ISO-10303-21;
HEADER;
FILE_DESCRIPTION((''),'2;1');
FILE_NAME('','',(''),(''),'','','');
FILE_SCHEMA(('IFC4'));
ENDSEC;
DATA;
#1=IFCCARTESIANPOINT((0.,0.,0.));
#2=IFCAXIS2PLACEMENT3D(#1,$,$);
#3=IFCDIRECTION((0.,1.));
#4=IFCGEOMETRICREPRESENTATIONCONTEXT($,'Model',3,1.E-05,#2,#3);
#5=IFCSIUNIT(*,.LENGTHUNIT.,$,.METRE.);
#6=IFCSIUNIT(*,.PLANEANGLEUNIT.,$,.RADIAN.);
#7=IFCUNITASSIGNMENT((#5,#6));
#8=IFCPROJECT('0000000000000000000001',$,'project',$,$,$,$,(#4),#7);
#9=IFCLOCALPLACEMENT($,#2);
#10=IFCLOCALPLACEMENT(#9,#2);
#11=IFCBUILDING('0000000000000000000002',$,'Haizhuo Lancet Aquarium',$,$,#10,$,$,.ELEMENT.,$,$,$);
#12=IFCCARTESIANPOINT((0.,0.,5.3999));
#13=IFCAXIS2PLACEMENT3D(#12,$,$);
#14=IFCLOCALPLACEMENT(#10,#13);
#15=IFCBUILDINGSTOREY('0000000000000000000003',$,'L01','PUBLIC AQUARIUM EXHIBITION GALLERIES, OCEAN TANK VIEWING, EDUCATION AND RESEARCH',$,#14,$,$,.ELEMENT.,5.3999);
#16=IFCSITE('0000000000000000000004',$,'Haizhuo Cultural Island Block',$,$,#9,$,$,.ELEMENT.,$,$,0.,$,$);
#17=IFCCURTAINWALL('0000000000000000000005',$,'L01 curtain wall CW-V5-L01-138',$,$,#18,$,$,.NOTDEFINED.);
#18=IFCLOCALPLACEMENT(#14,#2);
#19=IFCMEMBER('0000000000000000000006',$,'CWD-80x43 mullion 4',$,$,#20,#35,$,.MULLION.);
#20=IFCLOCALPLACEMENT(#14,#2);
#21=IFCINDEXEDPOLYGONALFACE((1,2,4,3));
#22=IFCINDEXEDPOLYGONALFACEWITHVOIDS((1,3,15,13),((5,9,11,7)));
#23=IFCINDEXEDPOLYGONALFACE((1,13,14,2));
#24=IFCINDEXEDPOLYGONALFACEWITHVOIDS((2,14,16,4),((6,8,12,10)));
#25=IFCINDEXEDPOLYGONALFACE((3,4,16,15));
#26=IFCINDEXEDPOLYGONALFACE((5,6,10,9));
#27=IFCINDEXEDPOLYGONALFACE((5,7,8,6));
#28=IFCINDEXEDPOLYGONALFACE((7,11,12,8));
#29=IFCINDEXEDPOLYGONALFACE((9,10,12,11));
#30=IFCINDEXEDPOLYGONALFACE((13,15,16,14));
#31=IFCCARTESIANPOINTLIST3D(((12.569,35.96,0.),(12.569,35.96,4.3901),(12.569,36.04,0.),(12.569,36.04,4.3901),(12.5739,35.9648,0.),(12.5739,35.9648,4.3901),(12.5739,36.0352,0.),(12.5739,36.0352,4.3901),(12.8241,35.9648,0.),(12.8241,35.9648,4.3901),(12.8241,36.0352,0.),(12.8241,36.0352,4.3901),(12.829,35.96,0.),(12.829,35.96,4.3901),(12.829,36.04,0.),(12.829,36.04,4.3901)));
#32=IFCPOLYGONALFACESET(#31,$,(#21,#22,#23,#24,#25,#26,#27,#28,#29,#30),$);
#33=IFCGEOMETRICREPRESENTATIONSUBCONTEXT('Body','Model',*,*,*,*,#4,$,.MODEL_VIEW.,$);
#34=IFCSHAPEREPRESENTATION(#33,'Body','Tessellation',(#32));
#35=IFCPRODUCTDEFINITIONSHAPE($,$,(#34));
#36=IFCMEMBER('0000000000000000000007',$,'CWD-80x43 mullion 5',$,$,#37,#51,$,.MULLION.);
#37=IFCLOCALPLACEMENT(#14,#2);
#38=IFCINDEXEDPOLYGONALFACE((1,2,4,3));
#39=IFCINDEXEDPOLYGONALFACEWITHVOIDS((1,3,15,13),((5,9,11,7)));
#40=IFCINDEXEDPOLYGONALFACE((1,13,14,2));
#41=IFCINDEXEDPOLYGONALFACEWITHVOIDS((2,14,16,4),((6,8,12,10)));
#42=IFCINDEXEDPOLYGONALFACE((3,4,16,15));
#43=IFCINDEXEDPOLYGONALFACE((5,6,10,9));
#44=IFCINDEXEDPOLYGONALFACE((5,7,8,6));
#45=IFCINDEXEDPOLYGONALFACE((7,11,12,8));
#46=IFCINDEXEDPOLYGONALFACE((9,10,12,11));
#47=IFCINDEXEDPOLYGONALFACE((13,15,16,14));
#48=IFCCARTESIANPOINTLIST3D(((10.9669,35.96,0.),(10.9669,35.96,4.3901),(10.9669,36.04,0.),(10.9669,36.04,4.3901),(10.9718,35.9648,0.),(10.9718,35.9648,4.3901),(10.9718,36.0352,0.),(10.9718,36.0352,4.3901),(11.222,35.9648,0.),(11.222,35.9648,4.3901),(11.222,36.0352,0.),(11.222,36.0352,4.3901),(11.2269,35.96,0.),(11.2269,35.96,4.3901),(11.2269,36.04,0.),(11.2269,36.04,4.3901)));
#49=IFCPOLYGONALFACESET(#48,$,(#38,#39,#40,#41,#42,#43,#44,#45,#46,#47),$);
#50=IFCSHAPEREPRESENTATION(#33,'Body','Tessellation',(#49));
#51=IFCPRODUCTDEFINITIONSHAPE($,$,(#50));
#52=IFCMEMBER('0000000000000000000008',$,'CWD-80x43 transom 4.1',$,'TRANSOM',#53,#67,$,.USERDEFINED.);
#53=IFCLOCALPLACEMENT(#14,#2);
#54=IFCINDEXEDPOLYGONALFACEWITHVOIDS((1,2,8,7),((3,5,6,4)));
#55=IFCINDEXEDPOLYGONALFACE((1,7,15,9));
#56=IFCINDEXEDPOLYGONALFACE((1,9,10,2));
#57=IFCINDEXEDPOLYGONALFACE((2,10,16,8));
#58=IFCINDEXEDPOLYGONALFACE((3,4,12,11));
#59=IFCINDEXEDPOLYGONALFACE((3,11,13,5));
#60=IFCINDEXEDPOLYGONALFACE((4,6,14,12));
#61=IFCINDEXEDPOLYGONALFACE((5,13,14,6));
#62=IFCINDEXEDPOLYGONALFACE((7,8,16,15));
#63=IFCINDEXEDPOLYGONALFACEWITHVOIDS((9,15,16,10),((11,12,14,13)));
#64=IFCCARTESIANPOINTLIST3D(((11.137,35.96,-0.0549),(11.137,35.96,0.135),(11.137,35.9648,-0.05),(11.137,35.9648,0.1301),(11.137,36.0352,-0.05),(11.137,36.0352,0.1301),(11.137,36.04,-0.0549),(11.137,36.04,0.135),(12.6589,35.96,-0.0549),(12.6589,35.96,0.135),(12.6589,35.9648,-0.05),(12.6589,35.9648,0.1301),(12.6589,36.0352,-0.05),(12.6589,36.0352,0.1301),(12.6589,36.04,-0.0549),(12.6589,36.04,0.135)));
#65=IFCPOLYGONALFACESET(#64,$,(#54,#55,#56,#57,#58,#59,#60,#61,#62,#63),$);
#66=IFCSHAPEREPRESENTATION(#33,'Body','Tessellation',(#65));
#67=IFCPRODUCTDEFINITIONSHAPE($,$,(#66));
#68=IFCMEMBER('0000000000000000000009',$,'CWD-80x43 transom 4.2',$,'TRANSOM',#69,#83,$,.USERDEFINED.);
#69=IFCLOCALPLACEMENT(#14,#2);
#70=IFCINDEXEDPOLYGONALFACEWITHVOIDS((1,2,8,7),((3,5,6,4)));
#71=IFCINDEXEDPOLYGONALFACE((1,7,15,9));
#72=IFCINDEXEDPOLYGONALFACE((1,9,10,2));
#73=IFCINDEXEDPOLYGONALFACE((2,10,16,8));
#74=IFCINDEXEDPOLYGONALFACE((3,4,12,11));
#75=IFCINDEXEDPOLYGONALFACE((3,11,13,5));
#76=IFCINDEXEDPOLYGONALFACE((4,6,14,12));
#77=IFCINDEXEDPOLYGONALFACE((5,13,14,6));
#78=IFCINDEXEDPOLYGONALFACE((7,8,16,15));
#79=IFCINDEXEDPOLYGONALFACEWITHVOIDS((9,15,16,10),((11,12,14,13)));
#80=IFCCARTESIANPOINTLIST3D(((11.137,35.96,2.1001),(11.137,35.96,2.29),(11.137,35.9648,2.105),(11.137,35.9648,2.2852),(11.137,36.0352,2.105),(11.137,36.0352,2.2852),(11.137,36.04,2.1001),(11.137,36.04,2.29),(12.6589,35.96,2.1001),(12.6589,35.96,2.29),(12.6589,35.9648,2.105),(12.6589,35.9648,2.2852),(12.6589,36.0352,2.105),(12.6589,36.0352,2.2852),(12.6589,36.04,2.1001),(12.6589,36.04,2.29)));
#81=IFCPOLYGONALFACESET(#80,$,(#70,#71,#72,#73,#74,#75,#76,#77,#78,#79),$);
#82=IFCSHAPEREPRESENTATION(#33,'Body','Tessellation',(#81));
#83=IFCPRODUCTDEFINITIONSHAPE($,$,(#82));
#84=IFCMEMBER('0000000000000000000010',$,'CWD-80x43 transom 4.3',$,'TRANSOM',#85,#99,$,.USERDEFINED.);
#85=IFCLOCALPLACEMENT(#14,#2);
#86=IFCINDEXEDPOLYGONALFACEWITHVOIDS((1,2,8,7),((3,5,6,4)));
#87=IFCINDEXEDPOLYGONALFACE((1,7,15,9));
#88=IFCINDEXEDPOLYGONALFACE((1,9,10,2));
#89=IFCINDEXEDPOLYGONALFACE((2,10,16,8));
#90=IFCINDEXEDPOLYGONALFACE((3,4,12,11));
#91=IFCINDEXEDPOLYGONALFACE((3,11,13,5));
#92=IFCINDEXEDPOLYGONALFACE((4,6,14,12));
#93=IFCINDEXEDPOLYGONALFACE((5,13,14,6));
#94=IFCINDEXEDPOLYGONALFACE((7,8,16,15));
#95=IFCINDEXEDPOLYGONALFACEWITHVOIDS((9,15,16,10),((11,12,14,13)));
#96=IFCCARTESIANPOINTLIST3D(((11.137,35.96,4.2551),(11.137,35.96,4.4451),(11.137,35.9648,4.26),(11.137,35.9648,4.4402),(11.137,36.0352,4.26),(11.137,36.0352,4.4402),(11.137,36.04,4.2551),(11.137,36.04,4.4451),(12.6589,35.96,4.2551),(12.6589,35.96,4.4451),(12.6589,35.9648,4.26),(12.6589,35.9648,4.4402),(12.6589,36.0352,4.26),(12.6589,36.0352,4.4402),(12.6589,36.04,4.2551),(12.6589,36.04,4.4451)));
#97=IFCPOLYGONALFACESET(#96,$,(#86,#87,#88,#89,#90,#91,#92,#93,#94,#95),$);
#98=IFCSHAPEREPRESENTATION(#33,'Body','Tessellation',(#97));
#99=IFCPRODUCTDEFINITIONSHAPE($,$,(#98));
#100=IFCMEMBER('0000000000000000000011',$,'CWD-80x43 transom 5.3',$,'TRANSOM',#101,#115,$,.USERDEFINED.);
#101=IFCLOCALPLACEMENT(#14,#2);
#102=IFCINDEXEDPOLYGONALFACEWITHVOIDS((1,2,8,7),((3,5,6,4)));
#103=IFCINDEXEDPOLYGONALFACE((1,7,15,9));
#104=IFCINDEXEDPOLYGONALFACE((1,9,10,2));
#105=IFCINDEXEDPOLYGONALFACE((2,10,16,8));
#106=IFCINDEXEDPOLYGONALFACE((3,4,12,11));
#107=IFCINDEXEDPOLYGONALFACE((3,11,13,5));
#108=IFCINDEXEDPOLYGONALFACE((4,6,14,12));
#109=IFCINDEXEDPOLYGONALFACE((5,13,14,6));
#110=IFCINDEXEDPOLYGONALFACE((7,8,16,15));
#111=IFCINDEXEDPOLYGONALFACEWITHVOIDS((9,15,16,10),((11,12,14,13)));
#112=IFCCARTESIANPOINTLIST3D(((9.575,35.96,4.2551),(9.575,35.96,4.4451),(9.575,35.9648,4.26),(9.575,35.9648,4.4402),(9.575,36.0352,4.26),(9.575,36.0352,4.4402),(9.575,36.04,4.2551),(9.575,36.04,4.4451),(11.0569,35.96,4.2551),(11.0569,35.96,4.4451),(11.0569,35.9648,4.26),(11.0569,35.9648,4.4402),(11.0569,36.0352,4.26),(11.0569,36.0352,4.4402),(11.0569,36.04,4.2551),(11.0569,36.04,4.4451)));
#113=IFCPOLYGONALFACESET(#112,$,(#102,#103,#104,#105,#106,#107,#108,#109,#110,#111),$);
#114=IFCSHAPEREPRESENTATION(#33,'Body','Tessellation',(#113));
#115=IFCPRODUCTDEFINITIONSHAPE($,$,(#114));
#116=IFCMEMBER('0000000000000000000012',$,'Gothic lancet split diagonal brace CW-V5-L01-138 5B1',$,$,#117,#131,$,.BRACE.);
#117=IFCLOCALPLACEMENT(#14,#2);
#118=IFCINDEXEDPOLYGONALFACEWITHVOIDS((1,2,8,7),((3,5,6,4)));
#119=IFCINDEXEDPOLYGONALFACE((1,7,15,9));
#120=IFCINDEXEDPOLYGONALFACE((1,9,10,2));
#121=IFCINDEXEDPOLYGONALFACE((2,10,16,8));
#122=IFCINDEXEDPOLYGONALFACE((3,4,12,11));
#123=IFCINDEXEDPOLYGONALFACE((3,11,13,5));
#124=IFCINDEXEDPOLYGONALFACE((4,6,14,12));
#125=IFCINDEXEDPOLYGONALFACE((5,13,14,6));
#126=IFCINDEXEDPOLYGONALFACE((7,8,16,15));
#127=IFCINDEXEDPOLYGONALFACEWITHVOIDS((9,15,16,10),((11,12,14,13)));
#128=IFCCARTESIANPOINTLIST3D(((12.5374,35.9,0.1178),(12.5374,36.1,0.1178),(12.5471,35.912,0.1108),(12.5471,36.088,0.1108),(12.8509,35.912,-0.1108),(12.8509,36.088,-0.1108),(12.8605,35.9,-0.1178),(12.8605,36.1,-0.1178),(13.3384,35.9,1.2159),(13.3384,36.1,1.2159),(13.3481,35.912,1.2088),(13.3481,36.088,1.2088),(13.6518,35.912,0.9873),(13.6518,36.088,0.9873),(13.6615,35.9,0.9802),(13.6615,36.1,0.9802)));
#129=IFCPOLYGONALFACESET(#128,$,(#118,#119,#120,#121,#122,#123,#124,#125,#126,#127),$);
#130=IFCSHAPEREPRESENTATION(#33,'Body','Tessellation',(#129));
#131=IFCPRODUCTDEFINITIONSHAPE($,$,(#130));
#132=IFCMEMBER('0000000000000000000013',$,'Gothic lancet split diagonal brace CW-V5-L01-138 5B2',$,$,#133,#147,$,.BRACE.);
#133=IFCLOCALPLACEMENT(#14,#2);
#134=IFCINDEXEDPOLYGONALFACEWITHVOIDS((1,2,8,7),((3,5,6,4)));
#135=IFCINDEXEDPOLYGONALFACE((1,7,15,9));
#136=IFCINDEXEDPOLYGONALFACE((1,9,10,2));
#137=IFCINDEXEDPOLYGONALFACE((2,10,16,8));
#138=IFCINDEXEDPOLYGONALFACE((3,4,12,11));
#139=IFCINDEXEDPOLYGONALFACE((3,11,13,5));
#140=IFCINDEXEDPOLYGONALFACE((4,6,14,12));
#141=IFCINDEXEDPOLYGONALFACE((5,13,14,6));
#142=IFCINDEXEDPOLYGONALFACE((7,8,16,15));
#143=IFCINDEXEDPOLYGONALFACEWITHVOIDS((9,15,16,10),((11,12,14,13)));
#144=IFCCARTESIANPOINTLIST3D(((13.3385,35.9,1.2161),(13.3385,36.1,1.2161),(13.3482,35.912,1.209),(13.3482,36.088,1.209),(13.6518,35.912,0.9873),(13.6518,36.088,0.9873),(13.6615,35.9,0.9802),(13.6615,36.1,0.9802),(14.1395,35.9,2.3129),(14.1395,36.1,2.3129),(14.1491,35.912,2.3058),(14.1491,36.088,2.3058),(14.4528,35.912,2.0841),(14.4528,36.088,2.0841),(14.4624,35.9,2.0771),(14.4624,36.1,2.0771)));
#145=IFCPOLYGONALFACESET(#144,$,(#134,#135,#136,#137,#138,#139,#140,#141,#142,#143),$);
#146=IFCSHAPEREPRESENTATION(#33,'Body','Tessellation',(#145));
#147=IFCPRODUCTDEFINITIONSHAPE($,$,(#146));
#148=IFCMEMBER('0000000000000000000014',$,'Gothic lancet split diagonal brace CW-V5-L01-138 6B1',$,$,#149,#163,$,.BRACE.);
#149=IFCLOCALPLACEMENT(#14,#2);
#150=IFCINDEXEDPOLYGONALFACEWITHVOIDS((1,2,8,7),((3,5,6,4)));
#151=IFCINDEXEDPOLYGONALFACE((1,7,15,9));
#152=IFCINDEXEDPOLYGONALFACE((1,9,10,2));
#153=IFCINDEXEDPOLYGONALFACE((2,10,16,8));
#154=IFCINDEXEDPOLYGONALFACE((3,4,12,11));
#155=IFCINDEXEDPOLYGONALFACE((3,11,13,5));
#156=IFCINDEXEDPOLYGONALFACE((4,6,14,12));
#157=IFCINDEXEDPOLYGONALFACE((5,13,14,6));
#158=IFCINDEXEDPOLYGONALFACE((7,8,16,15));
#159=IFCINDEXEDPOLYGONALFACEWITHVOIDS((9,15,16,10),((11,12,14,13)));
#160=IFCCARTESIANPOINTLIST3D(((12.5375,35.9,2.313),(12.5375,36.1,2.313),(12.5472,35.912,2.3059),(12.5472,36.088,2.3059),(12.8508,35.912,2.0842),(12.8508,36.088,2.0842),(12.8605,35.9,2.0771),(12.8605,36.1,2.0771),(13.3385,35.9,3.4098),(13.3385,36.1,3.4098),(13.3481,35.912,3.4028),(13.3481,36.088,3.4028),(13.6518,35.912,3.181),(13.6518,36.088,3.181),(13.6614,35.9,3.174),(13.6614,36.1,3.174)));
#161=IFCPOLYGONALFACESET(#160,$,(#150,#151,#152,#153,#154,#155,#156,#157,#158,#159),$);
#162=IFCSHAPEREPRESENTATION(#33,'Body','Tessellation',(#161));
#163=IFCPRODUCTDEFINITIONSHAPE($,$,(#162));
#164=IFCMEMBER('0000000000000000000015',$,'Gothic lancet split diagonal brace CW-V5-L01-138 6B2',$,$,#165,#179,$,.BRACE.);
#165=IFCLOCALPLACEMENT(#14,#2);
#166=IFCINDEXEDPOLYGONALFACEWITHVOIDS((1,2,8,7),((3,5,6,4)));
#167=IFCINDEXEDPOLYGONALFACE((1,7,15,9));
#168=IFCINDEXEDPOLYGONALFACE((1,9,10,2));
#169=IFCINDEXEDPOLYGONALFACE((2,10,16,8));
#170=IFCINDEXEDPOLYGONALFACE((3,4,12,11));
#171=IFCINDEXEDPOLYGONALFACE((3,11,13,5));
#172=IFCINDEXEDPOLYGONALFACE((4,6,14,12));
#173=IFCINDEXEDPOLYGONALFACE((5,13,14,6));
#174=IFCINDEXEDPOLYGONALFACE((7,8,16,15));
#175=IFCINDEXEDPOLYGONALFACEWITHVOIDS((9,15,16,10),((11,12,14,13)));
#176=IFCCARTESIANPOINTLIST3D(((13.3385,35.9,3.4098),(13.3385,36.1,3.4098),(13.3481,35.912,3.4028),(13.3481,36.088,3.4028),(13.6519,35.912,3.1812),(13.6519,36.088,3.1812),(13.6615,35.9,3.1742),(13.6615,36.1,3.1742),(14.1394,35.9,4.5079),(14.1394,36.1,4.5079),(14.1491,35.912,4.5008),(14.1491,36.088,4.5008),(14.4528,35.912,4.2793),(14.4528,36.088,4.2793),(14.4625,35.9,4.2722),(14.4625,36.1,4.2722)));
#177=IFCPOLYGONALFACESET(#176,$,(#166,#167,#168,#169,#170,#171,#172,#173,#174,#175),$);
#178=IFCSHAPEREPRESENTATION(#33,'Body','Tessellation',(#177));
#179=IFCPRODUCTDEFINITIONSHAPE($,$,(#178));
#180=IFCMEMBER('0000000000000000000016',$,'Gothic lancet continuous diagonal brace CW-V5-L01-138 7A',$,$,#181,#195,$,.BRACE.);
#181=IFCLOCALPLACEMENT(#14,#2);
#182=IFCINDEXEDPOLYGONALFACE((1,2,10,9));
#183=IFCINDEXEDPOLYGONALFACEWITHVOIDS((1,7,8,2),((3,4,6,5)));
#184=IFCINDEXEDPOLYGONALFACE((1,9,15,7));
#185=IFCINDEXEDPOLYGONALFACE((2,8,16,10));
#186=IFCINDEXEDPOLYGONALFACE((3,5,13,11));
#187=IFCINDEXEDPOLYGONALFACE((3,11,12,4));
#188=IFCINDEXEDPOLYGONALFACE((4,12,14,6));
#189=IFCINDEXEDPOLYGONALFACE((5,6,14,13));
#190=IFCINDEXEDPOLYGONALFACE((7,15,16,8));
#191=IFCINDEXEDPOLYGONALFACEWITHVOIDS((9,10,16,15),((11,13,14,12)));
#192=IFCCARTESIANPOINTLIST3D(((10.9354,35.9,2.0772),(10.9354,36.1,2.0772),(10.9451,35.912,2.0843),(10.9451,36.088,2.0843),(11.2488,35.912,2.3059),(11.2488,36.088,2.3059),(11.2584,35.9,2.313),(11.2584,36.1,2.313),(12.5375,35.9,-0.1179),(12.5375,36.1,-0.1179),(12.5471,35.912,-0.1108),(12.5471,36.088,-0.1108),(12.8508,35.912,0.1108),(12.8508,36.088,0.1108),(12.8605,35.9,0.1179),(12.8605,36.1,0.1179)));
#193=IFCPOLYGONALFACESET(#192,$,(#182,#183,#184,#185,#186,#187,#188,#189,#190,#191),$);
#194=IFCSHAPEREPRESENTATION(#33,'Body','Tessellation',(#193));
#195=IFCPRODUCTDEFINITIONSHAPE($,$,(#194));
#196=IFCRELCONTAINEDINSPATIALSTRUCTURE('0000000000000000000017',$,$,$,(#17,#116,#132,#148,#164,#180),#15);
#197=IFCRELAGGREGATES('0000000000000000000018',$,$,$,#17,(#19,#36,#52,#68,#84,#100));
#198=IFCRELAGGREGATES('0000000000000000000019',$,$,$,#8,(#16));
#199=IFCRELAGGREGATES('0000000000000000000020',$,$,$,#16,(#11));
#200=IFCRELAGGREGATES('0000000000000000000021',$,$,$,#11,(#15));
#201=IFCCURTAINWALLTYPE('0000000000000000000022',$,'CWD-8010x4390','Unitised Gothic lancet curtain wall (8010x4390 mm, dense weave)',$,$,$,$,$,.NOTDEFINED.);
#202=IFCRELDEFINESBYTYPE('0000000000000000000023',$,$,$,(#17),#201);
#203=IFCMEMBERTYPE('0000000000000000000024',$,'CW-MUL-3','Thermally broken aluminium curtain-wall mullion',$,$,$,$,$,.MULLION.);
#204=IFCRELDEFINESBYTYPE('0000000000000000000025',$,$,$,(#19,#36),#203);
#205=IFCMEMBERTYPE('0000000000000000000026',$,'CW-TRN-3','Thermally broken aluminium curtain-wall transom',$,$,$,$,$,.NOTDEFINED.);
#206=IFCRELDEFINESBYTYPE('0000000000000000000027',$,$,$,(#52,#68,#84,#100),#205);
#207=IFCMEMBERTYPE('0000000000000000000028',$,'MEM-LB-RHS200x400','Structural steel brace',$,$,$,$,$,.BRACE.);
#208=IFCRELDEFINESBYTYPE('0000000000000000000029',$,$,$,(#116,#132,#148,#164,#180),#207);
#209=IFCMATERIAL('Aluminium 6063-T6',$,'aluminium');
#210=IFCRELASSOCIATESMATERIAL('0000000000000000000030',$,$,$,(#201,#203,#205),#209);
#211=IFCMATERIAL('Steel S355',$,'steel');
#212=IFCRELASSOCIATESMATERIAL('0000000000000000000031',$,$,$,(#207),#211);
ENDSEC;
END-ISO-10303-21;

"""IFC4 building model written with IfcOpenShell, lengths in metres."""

from ifc_helpers import new_model, si_unit, direction, frame, origin, origin_2d, place, context, subcontext, project, spatial, hollow_rectangle, extrude, material, material_profile, profile_set, type_object, element, aggregate, save


model = new_model("IFC4")

# Units and contexts
model_context = context("Model", 3, precision=1e-05, world=origin(), true_north=direction((0.0, 1.0)))
body_context = subcontext(model_context, "Body", "Model", "MODEL_VIEW")
ifc_project = project(units=[si_unit("LENGTHUNIT", "METRE"), si_unit("PLANEANGLEUNIT", "RADIAN")], contexts=[model_context])

# Site, building, storey
site_placement = place(None, origin())
site = spatial("IfcSite", under=ifc_project, at=site_placement, Name="Haizhuo Cultural Island Block", CompositionType="ELEMENT", RefElevation=0.0)
building_placement = place(site_placement, origin())
building = spatial("IfcBuilding", under=site, at=building_placement, Name="Haizhuo Lancet Aquarium", CompositionType="ELEMENT")
storey_placement = place(building_placement, frame((0.0, 0.0, 5.3999)))
storey = spatial("IfcBuildingStorey", under=building, at=storey_placement, Name="L01", Description="PUBLIC AQUARIUM EXHIBITION GALLERIES, OCEAN TANK VIEWING, EDUCATION AND RESEARCH", CompositionType="ELEMENT", Elevation=5.3999)

# Curtain wall, members
ifc_material_1 = material(Name="Aluminium 6063-T6", Category="aluminium")
curtain_wall_type = type_object("IfcCurtainWallType", Name="CWD-8010x4390", Description="Unitised Gothic lancet curtain wall (8010x4390 mm, dense weave)", PredefinedType="NOTDEFINED", material=ifc_material_1)
curtain_wall_placement = place(storey_placement, origin())
curtain_wall = element("IfcCurtainWall", 1, at=curtain_wall_placement, inside=storey, type_object=curtain_wall_type, Name="L01 curtain wall CW-V5-L01-138", PredefinedType="NOTDEFINED")
ifc_material_profile_1 = material_profile(ifc_material_1, hollow_rectangle(XDim=0.0801, YDim=0.26, WallThickness=0.0049, at=origin_2d()), Name="ALU-M 80x260x5")
ifc_profile_set_1 = profile_set([ifc_material_profile_1], Name="Aluminium 6063-T6")
member_type_1 = type_object("IfcMemberType", Name="CW-MUL-3", Description="Thermally broken aluminium curtain-wall mullion", PredefinedType="MULLION", material=ifc_profile_set_1)
member_1_placement = place(storey_placement, frame((12.699, 36.0, 0.0), z_axis=(0.0, 0.0, 1.0), x_axis=(0.0, -1.0, 0.0)))
member_1 = element("IfcMember", 2, at=member_1_placement, type_object=member_type_1, Name="CWD-80x43 mullion 4", PredefinedType="MULLION", context=body_context, shape_type="SweptSolid", body=[
    extrude(hollow_rectangle(XDim=0.0801, YDim=0.26, WallThickness=0.0049, at=origin_2d()), origin(), (0.0, 0.0, 1.0), 4.3901),
])
member_2_placement = place(storey_placement, frame((11.0969, 36.0, 0.0), z_axis=(0.0, 0.0, 1.0), x_axis=(0.0, -1.0, 0.0)))
member_2 = element("IfcMember", 3, at=member_2_placement, type_object=member_type_1, Name="CWD-80x43 mullion 5", PredefinedType="MULLION", context=body_context, shape_type="SweptSolid", body=[
    extrude(hollow_rectangle(XDim=0.0801, YDim=0.26, WallThickness=0.0049, at=origin_2d()), origin(), (0.0, 0.0, 1.0), 4.3901),
])
ifc_material_profile_2 = material_profile(ifc_material_1, hollow_rectangle(XDim=0.0801, YDim=0.1899, WallThickness=0.0049, at=origin_2d()), Name="ALU-T 80x190x5")
ifc_profile_set_2 = profile_set([ifc_material_profile_2], Name="Aluminium 6063-T6")
member_type_2 = type_object("IfcMemberType", Name="CW-TRN-3", Description="Thermally broken aluminium curtain-wall transom", PredefinedType="NOTDEFINED", material=ifc_profile_set_2)
member_3_placement = place(storey_placement, frame((12.6589, 36.0, 0.04), z_axis=(-1.0, 0.0, 0.0), x_axis=(0.0, -1.0, 0.0)))
member_3 = element("IfcMember", 4, at=member_3_placement, type_object=member_type_2, Name="CWD-80x43 transom 4.1", ObjectType="TRANSOM", PredefinedType="USERDEFINED", context=body_context, shape_type="SweptSolid", body=[
    extrude(hollow_rectangle(XDim=0.0801, YDim=0.1899, WallThickness=0.0049, at=origin_2d()), origin(), (0.0, 0.0, 1.0), 1.522),
])
member_4_placement = place(storey_placement, frame((12.6589, 36.0, 2.1951), z_axis=(-1.0, 0.0, 0.0), x_axis=(0.0, -1.0, 0.0)))
member_4 = element("IfcMember", 5, at=member_4_placement, type_object=member_type_2, Name="CWD-80x43 transom 4.2", ObjectType="TRANSOM", PredefinedType="USERDEFINED", context=body_context, shape_type="SweptSolid", body=[
    extrude(hollow_rectangle(XDim=0.0801, YDim=0.1899, WallThickness=0.0049, at=origin_2d()), origin(), (0.0, 0.0, 1.0), 1.522),
])
member_5_placement = place(storey_placement, frame((12.6589, 36.0, 4.3501), z_axis=(-1.0, 0.0, 0.0), x_axis=(0.0, -1.0, 0.0)))
member_5 = element("IfcMember", 6, at=member_5_placement, type_object=member_type_2, Name="CWD-80x43 transom 4.3", ObjectType="TRANSOM", PredefinedType="USERDEFINED", context=body_context, shape_type="SweptSolid", body=[
    extrude(hollow_rectangle(XDim=0.0801, YDim=0.1899, WallThickness=0.0049, at=origin_2d()), origin(), (0.0, 0.0, 1.0), 1.522),
])
member_6_placement = place(storey_placement, frame((11.0569, 36.0, 4.3501), z_axis=(-1.0, 0.0, 0.0), x_axis=(0.0, -1.0, 0.0)))
member_6 = element("IfcMember", 7, at=member_6_placement, type_object=member_type_2, Name="CWD-80x43 transom 5.3", ObjectType="TRANSOM", PredefinedType="USERDEFINED", context=body_context, shape_type="SweptSolid", body=[
    extrude(hollow_rectangle(XDim=0.0801, YDim=0.1899, WallThickness=0.0049, at=origin_2d()), origin(), (0.0, 0.0, 1.0), 1.4819),
])

# Members
ifc_material_2 = material(Name="Steel S355", Category="steel")
ifc_material_profile_3 = material_profile(ifc_material_2, hollow_rectangle(XDim=0.2, YDim=0.3999, WallThickness=0.012, at=origin_2d()), Name="RHS 200x400x12")
ifc_profile_set_3 = profile_set([ifc_material_profile_3], Name="Steel S355")
member_type_3 = type_object("IfcMemberType", Name="MEM-LB-RHS200x400", Description="Structural steel brace", PredefinedType="BRACE", material=ifc_profile_set_3)
member_7_placement = place(storey_placement, frame((12.699, 36.0, 0.0), z_axis=(0.589314, 0.0, 0.807904), x_axis=(0.0, 1.0, 0.0)))
element("IfcMember", 8, at=member_7_placement, inside=storey, type_object=member_type_3, Name="Gothic lancet split diagonal brace CW-V5-L01-138 5B1", PredefinedType="BRACE", context=body_context, shape_type="SweptSolid", body=[
    extrude(hollow_rectangle(XDim=0.2, YDim=0.3999, WallThickness=0.012, at=origin_2d()), origin(), (0.0, 0.0, 1.0), 1.3591),
])
for number, where, z_axis, x_axis, name in (
    (9, (13.5, 36.0, 1.0981), (0.589742, 0.0, 0.807592), (0.0, 1.0, 0.0), "Gothic lancet split diagonal brace CW-V5-L01-138 5B2"),
    (10, (12.699, 36.0, 2.1951), (0.589742, 0.0, 0.807592), (0.0, 1.0, 0.0), "Gothic lancet split diagonal brace CW-V5-L01-138 6B1"),
):
    element("IfcMember", number, at=place(storey_placement, frame(where, z_axis=z_axis, x_axis=x_axis)), inside=storey, type_object=member_type_3, Name=name, PredefinedType="BRACE", context=body_context, shape_type="SweptSolid", body=[
        extrude(hollow_rectangle(XDim=0.2, YDim=0.3999, WallThickness=0.012, at=origin_2d()), origin(), (0.0, 0.0, 1.0), 1.3582),
    ])
member_8_placement = place(storey_placement, frame((13.5, 36.0, 3.292), z_axis=(0.589314, 0.0, 0.807904), x_axis=(0.0, 1.0, 0.0)))
element("IfcMember", 11, at=member_8_placement, inside=storey, type_object=member_type_3, Name="Gothic lancet split diagonal brace CW-V5-L01-138 6B2", PredefinedType="BRACE", context=body_context, shape_type="SweptSolid", body=[
    extrude(hollow_rectangle(XDim=0.2, YDim=0.3999, WallThickness=0.012, at=origin_2d()), origin(), (0.0, 0.0, 1.0), 1.3591),
])
member_9_placement = place(storey_placement, frame((12.699, 36.0, 0.0), z_axis=(-0.589528, 0.0, 0.807748), x_axis=(0.0, -1.0, 0.0)))
element("IfcMember", 12, at=member_9_placement, inside=storey, type_object=member_type_3, Name="Gothic lancet continuous diagonal brace CW-V5-L01-138 7A", PredefinedType="BRACE", context=body_context, shape_type="SweptSolid", body=[
    extrude(hollow_rectangle(XDim=0.2, YDim=0.3999, WallThickness=0.012, at=origin_2d()), origin(), (0.0, 0.0, 1.0), 2.7175),
])

aggregate(curtain_wall, [member_1, member_2, member_3, member_4, member_5, member_6])

save(model, "model.ifc")
